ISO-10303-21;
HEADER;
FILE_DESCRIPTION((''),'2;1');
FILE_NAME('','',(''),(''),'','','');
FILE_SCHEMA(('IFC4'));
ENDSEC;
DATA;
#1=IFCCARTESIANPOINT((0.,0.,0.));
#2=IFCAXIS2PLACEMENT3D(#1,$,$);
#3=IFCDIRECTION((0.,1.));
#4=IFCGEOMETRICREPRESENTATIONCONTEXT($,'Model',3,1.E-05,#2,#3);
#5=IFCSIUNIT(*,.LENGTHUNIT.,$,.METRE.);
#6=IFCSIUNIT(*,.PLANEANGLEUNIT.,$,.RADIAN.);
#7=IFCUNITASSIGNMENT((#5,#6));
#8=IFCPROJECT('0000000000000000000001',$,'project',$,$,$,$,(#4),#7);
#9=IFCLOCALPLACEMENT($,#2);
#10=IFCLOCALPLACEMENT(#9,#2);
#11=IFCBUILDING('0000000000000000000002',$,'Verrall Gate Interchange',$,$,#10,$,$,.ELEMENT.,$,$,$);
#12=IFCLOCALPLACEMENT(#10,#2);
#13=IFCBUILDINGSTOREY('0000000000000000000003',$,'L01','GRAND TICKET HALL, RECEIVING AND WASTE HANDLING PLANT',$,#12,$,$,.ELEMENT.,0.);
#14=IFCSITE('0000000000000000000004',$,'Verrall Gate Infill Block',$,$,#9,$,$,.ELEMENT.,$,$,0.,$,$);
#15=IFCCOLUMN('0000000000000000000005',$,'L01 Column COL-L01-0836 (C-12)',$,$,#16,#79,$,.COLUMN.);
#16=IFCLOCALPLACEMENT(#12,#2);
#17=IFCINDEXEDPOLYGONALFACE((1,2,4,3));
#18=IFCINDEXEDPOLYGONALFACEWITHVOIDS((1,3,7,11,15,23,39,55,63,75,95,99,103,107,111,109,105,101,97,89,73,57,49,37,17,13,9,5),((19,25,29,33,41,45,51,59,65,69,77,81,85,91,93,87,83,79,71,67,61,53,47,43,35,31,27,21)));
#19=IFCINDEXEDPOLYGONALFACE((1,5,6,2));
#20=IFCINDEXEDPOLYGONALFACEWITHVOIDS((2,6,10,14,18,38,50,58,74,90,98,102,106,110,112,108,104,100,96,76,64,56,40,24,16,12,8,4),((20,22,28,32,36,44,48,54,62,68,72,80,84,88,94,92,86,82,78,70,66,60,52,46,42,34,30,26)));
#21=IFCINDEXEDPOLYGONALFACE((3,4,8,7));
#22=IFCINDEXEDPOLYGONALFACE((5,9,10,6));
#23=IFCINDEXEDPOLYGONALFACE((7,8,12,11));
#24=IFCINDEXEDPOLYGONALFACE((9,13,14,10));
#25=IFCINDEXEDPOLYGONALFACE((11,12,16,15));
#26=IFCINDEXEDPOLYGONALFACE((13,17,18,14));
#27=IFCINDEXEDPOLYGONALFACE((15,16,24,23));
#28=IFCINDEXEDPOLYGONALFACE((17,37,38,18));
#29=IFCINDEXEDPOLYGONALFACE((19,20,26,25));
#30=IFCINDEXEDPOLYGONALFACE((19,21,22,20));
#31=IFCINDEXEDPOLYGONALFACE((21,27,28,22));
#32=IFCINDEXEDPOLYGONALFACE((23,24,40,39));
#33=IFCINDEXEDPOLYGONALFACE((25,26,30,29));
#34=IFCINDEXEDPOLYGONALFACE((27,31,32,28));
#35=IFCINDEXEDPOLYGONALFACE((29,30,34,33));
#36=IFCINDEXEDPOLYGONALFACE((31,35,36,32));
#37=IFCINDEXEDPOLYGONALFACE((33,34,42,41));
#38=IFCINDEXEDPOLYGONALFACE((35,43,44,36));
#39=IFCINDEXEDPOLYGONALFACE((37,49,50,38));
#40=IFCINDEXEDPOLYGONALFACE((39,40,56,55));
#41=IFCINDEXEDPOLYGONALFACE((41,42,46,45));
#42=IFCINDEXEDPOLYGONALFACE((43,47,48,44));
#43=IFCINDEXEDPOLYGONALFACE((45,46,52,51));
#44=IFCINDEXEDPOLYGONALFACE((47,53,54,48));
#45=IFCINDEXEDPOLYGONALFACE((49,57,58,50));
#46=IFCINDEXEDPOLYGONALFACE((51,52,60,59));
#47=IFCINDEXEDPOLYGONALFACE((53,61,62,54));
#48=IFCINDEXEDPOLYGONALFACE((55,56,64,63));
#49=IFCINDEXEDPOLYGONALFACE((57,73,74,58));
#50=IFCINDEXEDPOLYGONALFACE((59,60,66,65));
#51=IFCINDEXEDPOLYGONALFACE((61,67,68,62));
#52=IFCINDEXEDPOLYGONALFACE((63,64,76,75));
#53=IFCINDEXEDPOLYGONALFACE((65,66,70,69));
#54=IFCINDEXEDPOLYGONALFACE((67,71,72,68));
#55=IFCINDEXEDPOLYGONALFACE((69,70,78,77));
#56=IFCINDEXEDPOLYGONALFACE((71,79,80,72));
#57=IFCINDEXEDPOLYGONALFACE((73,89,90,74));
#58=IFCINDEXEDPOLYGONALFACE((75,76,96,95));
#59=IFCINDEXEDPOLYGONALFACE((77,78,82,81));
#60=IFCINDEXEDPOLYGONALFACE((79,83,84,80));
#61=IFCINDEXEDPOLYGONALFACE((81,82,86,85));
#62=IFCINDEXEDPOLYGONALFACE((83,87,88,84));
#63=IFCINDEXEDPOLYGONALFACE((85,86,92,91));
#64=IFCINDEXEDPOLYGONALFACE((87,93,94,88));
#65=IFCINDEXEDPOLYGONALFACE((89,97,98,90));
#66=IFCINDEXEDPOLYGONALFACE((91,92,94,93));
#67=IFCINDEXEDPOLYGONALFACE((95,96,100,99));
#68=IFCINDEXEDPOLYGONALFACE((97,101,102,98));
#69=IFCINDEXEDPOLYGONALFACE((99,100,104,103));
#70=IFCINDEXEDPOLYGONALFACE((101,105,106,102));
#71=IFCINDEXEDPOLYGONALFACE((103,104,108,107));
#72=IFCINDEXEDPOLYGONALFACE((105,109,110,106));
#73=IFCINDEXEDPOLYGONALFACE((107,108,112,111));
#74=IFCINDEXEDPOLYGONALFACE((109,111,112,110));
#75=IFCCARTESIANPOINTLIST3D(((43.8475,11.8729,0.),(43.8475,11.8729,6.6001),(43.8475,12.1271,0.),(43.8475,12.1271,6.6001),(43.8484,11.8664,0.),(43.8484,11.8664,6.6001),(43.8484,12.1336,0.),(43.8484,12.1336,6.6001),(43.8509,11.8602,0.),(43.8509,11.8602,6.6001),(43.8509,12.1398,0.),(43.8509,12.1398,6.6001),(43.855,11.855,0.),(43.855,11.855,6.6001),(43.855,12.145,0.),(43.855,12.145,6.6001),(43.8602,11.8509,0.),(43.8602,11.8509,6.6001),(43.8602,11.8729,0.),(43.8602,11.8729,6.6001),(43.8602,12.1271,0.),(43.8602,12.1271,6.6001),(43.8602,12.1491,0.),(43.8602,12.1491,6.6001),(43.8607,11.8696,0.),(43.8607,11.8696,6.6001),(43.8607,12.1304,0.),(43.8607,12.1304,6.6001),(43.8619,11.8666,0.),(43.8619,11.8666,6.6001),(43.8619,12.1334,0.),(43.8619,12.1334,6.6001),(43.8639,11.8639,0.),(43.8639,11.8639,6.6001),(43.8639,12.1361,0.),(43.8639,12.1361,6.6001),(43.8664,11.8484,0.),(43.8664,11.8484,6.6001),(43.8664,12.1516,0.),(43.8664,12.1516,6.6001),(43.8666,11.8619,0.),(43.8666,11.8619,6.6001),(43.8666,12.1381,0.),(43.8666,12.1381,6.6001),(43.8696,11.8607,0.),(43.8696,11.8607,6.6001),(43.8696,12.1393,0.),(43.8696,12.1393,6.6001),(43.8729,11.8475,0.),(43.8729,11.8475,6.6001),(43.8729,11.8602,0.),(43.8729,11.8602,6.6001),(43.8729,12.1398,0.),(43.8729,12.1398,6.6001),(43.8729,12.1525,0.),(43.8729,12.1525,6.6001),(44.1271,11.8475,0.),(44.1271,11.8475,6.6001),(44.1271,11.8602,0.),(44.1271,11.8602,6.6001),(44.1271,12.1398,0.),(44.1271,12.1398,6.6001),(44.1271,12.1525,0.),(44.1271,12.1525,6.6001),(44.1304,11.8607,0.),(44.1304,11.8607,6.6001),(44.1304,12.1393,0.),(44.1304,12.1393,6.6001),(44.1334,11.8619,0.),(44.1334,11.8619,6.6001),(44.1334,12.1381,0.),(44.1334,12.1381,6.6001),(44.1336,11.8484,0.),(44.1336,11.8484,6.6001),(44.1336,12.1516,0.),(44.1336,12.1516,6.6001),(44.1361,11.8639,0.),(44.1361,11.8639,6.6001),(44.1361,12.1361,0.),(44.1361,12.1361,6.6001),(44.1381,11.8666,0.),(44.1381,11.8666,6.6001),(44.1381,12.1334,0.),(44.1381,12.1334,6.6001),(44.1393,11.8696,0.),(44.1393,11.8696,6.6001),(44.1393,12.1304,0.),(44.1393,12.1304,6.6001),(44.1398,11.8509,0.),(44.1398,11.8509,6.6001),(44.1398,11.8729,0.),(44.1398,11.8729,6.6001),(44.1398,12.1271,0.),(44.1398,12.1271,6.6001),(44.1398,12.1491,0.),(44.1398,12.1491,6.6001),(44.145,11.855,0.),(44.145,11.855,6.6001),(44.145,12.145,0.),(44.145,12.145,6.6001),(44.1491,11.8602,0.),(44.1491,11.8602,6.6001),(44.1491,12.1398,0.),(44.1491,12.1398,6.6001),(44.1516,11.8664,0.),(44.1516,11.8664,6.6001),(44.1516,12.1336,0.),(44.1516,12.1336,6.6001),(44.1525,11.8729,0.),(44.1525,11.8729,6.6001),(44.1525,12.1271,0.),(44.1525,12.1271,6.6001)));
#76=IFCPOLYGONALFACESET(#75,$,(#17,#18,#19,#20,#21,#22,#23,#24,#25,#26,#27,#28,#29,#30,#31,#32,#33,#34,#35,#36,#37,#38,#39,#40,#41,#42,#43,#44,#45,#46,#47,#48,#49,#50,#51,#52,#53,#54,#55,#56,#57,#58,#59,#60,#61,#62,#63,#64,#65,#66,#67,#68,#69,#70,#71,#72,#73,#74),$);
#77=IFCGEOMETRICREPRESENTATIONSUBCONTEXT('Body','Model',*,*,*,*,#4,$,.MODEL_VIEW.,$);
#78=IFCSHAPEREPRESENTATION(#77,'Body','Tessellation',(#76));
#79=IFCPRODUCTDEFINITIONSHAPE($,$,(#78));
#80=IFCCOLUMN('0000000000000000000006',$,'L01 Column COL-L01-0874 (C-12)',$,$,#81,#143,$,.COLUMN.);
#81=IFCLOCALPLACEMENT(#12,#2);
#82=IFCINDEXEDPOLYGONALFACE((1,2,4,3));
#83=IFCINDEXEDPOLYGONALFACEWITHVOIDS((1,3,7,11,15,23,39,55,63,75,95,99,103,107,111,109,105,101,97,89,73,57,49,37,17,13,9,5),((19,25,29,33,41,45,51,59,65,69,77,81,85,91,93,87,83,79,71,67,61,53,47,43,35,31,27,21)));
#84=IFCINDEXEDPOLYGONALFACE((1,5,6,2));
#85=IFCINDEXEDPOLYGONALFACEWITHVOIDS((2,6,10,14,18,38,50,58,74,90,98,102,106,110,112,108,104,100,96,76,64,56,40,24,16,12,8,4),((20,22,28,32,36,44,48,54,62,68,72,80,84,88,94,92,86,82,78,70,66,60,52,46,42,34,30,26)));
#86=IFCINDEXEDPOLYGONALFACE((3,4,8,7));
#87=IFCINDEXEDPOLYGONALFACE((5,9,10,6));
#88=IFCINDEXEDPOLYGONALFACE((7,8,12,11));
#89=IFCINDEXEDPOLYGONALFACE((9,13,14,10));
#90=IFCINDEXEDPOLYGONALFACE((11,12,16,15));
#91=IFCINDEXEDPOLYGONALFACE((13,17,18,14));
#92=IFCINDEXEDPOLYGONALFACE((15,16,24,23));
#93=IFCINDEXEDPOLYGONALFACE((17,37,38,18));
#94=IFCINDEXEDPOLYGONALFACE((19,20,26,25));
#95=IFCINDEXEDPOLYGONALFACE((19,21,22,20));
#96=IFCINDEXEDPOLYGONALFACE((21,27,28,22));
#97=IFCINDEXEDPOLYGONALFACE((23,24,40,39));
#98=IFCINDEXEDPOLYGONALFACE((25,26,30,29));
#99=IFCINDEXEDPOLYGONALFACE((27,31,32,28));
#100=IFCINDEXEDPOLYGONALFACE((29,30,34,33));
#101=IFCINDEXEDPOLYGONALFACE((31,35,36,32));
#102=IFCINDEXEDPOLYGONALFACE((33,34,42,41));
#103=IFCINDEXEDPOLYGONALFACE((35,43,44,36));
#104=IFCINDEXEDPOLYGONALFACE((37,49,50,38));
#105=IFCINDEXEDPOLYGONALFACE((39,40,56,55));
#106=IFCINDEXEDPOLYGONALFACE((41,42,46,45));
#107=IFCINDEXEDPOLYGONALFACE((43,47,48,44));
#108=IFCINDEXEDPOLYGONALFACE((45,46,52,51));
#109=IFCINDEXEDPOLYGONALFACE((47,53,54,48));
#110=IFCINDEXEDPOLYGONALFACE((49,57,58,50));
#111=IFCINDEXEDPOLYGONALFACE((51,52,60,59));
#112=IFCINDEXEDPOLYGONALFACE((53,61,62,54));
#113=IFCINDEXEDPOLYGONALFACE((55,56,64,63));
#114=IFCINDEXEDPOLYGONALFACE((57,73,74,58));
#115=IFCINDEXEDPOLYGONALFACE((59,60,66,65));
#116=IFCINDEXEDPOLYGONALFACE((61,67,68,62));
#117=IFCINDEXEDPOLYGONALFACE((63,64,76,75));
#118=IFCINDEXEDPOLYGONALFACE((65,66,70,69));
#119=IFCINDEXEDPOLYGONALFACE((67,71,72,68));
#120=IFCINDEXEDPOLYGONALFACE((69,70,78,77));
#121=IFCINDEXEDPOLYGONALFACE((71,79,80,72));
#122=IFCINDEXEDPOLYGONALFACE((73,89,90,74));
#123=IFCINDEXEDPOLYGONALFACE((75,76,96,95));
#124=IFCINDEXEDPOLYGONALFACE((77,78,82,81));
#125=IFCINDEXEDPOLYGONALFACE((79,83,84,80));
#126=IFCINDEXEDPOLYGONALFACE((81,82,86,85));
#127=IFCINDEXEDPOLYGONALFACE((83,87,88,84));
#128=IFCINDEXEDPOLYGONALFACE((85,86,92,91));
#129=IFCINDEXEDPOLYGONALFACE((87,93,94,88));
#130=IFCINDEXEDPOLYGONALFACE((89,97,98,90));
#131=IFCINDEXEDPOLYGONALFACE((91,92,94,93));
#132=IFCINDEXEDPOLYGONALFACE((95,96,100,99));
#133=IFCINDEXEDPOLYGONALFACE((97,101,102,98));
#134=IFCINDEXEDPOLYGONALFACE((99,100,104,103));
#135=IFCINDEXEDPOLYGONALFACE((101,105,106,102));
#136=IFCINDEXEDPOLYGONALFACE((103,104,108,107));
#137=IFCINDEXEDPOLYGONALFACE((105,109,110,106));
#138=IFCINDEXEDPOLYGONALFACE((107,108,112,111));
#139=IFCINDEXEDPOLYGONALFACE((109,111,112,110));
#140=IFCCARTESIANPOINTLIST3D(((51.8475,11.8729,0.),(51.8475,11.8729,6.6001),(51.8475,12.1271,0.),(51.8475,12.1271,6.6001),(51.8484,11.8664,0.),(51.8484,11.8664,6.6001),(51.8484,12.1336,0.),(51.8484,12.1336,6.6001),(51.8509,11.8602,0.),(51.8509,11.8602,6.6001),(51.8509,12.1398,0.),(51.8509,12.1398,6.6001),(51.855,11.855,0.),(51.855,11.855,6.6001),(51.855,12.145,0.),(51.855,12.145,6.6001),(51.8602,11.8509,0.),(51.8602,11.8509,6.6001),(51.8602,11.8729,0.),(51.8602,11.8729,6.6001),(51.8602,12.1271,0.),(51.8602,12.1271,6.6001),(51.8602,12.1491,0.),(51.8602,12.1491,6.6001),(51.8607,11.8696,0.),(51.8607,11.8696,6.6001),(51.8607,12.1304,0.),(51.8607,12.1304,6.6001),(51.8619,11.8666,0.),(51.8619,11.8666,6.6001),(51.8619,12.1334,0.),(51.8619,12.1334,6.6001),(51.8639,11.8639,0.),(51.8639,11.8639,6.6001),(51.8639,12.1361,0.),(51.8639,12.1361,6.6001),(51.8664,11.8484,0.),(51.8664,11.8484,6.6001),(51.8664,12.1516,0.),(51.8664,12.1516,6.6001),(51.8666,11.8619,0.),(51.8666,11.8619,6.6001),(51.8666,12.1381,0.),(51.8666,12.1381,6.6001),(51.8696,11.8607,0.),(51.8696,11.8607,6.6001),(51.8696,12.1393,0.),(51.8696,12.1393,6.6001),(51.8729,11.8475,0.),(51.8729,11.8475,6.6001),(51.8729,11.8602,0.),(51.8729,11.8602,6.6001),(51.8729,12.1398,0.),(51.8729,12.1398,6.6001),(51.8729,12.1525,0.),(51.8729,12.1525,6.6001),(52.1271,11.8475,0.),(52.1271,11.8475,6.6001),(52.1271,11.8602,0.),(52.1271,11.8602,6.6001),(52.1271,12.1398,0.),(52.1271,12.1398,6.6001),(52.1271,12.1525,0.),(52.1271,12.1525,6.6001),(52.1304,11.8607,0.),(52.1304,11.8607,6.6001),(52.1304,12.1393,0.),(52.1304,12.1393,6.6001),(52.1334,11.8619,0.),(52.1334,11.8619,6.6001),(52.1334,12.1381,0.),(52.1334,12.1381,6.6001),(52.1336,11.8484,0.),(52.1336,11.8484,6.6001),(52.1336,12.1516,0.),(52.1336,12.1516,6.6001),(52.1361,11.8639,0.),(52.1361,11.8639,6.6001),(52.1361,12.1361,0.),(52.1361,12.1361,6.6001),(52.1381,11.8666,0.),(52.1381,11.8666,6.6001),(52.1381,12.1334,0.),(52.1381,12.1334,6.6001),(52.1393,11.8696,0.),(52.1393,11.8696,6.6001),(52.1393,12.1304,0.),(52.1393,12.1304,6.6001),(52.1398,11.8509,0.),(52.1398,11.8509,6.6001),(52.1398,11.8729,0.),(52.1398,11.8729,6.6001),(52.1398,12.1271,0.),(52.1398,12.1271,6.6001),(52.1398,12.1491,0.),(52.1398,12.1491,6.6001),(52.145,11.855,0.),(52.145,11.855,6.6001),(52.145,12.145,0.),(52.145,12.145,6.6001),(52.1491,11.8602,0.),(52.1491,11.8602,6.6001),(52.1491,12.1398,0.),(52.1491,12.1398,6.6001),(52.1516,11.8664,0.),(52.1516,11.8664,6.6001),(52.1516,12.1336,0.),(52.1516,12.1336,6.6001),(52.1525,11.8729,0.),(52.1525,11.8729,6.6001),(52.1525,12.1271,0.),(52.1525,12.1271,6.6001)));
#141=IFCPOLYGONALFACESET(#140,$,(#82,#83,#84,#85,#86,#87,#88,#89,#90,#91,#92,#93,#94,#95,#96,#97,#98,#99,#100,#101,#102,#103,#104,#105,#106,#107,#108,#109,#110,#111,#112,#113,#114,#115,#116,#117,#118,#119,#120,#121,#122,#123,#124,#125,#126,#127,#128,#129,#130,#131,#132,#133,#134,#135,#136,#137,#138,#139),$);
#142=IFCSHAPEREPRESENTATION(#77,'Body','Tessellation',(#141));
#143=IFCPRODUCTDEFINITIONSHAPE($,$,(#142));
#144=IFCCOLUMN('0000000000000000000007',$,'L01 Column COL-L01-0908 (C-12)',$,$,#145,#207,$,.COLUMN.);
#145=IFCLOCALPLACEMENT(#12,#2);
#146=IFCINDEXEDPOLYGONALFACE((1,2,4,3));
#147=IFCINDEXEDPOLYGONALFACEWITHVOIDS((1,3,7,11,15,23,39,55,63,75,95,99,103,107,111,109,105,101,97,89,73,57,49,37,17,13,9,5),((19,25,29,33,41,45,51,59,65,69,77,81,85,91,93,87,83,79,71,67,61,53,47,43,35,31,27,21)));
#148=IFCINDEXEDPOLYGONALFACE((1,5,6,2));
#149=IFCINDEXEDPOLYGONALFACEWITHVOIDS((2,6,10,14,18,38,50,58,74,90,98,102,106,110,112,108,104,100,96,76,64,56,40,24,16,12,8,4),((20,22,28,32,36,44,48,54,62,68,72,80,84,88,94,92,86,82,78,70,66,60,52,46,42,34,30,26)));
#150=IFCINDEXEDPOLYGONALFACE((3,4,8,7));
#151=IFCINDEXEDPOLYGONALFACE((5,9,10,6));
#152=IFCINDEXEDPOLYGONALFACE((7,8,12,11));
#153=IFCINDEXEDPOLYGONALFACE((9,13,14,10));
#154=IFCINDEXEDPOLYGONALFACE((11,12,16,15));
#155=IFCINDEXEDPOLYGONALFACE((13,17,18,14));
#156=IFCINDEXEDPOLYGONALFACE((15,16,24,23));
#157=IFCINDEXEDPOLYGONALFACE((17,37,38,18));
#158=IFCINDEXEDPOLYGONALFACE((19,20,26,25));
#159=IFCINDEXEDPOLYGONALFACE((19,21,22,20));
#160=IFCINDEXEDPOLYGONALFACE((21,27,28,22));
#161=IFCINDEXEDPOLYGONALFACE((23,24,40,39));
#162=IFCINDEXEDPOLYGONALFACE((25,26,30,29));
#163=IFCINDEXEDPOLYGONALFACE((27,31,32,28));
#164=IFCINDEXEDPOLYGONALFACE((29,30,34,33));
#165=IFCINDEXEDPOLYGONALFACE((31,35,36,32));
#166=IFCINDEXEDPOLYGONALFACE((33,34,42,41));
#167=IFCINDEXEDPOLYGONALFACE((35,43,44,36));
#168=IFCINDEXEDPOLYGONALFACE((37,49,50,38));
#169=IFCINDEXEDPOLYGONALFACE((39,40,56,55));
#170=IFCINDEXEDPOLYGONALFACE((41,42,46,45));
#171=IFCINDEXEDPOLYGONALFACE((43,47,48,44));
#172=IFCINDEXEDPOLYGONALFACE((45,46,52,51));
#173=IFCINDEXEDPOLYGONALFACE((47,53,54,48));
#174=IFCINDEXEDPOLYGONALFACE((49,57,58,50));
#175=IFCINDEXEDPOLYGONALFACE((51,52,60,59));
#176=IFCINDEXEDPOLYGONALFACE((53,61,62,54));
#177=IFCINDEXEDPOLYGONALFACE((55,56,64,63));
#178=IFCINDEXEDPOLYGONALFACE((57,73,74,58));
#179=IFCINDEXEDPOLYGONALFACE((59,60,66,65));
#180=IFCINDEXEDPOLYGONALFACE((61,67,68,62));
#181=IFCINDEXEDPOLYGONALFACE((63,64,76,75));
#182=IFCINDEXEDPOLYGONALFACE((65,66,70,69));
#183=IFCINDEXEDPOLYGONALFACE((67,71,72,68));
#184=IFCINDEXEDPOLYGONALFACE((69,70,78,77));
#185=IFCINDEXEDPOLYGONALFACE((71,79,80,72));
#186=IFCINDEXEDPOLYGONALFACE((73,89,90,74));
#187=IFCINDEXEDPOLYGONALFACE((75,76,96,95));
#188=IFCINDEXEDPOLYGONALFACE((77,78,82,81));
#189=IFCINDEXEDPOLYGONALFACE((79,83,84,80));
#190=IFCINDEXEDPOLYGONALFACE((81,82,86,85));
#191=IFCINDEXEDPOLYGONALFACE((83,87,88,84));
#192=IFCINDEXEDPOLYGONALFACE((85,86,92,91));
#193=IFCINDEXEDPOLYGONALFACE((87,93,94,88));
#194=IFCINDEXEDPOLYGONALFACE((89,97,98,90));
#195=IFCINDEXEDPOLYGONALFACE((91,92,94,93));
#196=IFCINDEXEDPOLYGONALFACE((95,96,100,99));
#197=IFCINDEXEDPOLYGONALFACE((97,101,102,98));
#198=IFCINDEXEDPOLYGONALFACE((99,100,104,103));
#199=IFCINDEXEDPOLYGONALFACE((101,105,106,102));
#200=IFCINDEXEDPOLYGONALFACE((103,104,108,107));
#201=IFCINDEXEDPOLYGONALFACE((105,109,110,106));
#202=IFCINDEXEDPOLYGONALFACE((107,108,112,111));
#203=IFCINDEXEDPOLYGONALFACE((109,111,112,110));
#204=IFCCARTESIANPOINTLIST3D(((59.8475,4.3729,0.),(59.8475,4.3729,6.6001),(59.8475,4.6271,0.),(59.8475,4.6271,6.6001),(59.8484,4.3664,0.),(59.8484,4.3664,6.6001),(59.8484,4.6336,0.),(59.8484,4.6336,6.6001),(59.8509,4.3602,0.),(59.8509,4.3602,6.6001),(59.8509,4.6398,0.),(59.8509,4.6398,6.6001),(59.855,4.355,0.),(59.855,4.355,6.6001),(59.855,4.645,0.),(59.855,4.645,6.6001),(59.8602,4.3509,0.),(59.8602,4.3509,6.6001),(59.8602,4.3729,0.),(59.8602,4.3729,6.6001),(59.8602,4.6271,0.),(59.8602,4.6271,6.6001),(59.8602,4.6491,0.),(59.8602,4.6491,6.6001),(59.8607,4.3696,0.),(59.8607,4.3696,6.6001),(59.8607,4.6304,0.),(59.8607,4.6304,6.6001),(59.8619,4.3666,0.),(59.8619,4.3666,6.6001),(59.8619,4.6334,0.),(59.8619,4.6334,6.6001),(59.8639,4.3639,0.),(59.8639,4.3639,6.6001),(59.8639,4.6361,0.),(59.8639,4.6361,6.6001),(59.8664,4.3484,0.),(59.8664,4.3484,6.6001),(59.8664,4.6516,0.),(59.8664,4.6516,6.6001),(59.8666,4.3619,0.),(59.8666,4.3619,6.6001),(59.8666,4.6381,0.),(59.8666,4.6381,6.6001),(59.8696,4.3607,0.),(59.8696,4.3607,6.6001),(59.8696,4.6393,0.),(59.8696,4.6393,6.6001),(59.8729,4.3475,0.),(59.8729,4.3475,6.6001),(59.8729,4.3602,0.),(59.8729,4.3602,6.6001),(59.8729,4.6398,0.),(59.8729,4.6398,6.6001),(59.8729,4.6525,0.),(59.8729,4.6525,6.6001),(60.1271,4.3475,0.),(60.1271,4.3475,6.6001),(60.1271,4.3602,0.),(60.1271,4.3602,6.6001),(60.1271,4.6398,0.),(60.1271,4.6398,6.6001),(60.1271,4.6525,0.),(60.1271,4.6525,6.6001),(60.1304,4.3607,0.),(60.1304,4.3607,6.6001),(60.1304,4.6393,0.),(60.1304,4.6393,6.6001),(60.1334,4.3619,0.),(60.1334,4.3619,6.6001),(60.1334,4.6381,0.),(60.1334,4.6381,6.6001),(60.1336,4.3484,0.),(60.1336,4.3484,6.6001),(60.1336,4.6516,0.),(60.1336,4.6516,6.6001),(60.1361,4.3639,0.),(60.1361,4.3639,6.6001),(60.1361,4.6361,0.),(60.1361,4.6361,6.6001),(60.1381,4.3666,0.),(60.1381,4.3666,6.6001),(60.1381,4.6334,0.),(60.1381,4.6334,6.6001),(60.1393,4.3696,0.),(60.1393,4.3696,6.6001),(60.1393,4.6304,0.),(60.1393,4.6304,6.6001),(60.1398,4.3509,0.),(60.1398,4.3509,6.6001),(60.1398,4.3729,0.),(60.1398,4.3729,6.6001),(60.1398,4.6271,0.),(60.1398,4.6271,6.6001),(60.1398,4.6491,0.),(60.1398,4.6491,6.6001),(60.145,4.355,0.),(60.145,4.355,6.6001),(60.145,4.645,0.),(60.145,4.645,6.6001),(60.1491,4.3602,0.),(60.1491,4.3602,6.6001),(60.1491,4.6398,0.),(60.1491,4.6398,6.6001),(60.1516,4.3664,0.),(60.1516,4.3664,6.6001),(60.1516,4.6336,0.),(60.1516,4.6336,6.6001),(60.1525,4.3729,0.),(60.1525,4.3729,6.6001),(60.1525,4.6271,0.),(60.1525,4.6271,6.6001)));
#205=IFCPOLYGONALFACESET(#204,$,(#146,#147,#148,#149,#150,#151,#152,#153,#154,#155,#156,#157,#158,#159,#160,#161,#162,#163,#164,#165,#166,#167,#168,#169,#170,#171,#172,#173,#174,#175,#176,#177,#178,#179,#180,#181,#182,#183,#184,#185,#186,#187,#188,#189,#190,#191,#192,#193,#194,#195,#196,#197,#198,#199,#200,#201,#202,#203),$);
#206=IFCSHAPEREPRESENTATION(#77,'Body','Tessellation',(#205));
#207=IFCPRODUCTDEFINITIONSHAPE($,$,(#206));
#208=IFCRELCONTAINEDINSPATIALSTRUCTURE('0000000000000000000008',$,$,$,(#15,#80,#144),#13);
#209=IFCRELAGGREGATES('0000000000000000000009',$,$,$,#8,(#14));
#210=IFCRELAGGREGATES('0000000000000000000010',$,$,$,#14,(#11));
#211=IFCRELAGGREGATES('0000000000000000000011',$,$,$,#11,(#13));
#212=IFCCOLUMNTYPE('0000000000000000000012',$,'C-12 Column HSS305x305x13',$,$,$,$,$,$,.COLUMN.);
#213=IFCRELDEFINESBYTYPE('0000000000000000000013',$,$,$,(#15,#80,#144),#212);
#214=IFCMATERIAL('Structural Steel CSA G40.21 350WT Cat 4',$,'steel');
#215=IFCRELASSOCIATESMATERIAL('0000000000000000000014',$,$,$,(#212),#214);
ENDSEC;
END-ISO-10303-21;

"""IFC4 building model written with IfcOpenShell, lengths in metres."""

from ifc_helpers import new_model, si_unit, direction, frame, origin, origin_2d, place, context, subcontext, project, spatial, hollow_rectangle, extrude, material, material_profile, profile_set, type_object, element, save


model = new_model("IFC4")

# Units and contexts
model_context = context("Model", 3, precision=1e-05, world=origin(), true_north=direction((0.0, 1.0)))
body_context = subcontext(model_context, "Body", "Model", "MODEL_VIEW")
ifc_project = project(units=[si_unit("LENGTHUNIT", "METRE"), si_unit("PLANEANGLEUNIT", "RADIAN")], contexts=[model_context])

# Site, building, storey
site_placement = place(None, origin())
site = spatial("IfcSite", under=ifc_project, at=site_placement, Name="Verrall Gate Infill Block", CompositionType="ELEMENT", RefElevation=0.0)
building_placement = place(site_placement, origin())
building = spatial("IfcBuilding", under=site, at=building_placement, Name="Verrall Gate Interchange", CompositionType="ELEMENT")
storey_placement = place(building_placement, origin())
storey = spatial("IfcBuildingStorey", under=building, at=storey_placement, Name="L01", Description="GRAND TICKET HALL, RECEIVING AND WASTE HANDLING PLANT", CompositionType="ELEMENT", Elevation=0.0)

# Columns
ifc_material_1 = material(Name="Structural Steel CSA G40.21 350WT Cat 4", Category="steel")
ifc_material_profile_1 = material_profile(ifc_material_1, hollow_rectangle(XDim=0.3049, YDim=0.3049, WallThickness=0.0127, InnerFilletRadius=0.0127, OuterFilletRadius=0.0254, at=origin_2d()), Name="HSS305x305x13")
ifc_profile_set_1 = profile_set([ifc_material_profile_1], Name="Structural Steel CSA G40.21 350WT Cat 4")
column_type = type_object("IfcColumnType", Name="C-12 Column HSS305x305x13", PredefinedType="COLUMN", material=ifc_profile_set_1)
for number, where, z_axis, x_axis, name in (
    (1, (44.0, 12.0, 0.0), (0.0, 0.0, 1.0), (1.0, 0.0, 0.0), "L01 Column COL-L01-0836 (C-12)"),
    (2, (52.0, 12.0, 0.0), (0.0, 0.0, 1.0), (1.0, 0.0, 0.0), "L01 Column COL-L01-0874 (C-12)"),
    (3, (60.0, 4.5, 0.0), (0.0, 0.0, 1.0), (1.0, 0.0, 0.0), "L01 Column COL-L01-0908 (C-12)"),
):
    element("IfcColumn", number, at=place(storey_placement, frame(where, z_axis=z_axis, x_axis=x_axis)), inside=storey, type_object=column_type, Name=name, PredefinedType="COLUMN", context=body_context, shape_type="SweptSolid", body=[
        extrude(hollow_rectangle(XDim=0.3049, YDim=0.3049, WallThickness=0.0127, InnerFilletRadius=0.0127, OuterFilletRadius=0.0254, at=origin_2d()), origin(), (0.0, 0.0, 1.0), 6.6001),
    ])

save(model, "model.ifc")
